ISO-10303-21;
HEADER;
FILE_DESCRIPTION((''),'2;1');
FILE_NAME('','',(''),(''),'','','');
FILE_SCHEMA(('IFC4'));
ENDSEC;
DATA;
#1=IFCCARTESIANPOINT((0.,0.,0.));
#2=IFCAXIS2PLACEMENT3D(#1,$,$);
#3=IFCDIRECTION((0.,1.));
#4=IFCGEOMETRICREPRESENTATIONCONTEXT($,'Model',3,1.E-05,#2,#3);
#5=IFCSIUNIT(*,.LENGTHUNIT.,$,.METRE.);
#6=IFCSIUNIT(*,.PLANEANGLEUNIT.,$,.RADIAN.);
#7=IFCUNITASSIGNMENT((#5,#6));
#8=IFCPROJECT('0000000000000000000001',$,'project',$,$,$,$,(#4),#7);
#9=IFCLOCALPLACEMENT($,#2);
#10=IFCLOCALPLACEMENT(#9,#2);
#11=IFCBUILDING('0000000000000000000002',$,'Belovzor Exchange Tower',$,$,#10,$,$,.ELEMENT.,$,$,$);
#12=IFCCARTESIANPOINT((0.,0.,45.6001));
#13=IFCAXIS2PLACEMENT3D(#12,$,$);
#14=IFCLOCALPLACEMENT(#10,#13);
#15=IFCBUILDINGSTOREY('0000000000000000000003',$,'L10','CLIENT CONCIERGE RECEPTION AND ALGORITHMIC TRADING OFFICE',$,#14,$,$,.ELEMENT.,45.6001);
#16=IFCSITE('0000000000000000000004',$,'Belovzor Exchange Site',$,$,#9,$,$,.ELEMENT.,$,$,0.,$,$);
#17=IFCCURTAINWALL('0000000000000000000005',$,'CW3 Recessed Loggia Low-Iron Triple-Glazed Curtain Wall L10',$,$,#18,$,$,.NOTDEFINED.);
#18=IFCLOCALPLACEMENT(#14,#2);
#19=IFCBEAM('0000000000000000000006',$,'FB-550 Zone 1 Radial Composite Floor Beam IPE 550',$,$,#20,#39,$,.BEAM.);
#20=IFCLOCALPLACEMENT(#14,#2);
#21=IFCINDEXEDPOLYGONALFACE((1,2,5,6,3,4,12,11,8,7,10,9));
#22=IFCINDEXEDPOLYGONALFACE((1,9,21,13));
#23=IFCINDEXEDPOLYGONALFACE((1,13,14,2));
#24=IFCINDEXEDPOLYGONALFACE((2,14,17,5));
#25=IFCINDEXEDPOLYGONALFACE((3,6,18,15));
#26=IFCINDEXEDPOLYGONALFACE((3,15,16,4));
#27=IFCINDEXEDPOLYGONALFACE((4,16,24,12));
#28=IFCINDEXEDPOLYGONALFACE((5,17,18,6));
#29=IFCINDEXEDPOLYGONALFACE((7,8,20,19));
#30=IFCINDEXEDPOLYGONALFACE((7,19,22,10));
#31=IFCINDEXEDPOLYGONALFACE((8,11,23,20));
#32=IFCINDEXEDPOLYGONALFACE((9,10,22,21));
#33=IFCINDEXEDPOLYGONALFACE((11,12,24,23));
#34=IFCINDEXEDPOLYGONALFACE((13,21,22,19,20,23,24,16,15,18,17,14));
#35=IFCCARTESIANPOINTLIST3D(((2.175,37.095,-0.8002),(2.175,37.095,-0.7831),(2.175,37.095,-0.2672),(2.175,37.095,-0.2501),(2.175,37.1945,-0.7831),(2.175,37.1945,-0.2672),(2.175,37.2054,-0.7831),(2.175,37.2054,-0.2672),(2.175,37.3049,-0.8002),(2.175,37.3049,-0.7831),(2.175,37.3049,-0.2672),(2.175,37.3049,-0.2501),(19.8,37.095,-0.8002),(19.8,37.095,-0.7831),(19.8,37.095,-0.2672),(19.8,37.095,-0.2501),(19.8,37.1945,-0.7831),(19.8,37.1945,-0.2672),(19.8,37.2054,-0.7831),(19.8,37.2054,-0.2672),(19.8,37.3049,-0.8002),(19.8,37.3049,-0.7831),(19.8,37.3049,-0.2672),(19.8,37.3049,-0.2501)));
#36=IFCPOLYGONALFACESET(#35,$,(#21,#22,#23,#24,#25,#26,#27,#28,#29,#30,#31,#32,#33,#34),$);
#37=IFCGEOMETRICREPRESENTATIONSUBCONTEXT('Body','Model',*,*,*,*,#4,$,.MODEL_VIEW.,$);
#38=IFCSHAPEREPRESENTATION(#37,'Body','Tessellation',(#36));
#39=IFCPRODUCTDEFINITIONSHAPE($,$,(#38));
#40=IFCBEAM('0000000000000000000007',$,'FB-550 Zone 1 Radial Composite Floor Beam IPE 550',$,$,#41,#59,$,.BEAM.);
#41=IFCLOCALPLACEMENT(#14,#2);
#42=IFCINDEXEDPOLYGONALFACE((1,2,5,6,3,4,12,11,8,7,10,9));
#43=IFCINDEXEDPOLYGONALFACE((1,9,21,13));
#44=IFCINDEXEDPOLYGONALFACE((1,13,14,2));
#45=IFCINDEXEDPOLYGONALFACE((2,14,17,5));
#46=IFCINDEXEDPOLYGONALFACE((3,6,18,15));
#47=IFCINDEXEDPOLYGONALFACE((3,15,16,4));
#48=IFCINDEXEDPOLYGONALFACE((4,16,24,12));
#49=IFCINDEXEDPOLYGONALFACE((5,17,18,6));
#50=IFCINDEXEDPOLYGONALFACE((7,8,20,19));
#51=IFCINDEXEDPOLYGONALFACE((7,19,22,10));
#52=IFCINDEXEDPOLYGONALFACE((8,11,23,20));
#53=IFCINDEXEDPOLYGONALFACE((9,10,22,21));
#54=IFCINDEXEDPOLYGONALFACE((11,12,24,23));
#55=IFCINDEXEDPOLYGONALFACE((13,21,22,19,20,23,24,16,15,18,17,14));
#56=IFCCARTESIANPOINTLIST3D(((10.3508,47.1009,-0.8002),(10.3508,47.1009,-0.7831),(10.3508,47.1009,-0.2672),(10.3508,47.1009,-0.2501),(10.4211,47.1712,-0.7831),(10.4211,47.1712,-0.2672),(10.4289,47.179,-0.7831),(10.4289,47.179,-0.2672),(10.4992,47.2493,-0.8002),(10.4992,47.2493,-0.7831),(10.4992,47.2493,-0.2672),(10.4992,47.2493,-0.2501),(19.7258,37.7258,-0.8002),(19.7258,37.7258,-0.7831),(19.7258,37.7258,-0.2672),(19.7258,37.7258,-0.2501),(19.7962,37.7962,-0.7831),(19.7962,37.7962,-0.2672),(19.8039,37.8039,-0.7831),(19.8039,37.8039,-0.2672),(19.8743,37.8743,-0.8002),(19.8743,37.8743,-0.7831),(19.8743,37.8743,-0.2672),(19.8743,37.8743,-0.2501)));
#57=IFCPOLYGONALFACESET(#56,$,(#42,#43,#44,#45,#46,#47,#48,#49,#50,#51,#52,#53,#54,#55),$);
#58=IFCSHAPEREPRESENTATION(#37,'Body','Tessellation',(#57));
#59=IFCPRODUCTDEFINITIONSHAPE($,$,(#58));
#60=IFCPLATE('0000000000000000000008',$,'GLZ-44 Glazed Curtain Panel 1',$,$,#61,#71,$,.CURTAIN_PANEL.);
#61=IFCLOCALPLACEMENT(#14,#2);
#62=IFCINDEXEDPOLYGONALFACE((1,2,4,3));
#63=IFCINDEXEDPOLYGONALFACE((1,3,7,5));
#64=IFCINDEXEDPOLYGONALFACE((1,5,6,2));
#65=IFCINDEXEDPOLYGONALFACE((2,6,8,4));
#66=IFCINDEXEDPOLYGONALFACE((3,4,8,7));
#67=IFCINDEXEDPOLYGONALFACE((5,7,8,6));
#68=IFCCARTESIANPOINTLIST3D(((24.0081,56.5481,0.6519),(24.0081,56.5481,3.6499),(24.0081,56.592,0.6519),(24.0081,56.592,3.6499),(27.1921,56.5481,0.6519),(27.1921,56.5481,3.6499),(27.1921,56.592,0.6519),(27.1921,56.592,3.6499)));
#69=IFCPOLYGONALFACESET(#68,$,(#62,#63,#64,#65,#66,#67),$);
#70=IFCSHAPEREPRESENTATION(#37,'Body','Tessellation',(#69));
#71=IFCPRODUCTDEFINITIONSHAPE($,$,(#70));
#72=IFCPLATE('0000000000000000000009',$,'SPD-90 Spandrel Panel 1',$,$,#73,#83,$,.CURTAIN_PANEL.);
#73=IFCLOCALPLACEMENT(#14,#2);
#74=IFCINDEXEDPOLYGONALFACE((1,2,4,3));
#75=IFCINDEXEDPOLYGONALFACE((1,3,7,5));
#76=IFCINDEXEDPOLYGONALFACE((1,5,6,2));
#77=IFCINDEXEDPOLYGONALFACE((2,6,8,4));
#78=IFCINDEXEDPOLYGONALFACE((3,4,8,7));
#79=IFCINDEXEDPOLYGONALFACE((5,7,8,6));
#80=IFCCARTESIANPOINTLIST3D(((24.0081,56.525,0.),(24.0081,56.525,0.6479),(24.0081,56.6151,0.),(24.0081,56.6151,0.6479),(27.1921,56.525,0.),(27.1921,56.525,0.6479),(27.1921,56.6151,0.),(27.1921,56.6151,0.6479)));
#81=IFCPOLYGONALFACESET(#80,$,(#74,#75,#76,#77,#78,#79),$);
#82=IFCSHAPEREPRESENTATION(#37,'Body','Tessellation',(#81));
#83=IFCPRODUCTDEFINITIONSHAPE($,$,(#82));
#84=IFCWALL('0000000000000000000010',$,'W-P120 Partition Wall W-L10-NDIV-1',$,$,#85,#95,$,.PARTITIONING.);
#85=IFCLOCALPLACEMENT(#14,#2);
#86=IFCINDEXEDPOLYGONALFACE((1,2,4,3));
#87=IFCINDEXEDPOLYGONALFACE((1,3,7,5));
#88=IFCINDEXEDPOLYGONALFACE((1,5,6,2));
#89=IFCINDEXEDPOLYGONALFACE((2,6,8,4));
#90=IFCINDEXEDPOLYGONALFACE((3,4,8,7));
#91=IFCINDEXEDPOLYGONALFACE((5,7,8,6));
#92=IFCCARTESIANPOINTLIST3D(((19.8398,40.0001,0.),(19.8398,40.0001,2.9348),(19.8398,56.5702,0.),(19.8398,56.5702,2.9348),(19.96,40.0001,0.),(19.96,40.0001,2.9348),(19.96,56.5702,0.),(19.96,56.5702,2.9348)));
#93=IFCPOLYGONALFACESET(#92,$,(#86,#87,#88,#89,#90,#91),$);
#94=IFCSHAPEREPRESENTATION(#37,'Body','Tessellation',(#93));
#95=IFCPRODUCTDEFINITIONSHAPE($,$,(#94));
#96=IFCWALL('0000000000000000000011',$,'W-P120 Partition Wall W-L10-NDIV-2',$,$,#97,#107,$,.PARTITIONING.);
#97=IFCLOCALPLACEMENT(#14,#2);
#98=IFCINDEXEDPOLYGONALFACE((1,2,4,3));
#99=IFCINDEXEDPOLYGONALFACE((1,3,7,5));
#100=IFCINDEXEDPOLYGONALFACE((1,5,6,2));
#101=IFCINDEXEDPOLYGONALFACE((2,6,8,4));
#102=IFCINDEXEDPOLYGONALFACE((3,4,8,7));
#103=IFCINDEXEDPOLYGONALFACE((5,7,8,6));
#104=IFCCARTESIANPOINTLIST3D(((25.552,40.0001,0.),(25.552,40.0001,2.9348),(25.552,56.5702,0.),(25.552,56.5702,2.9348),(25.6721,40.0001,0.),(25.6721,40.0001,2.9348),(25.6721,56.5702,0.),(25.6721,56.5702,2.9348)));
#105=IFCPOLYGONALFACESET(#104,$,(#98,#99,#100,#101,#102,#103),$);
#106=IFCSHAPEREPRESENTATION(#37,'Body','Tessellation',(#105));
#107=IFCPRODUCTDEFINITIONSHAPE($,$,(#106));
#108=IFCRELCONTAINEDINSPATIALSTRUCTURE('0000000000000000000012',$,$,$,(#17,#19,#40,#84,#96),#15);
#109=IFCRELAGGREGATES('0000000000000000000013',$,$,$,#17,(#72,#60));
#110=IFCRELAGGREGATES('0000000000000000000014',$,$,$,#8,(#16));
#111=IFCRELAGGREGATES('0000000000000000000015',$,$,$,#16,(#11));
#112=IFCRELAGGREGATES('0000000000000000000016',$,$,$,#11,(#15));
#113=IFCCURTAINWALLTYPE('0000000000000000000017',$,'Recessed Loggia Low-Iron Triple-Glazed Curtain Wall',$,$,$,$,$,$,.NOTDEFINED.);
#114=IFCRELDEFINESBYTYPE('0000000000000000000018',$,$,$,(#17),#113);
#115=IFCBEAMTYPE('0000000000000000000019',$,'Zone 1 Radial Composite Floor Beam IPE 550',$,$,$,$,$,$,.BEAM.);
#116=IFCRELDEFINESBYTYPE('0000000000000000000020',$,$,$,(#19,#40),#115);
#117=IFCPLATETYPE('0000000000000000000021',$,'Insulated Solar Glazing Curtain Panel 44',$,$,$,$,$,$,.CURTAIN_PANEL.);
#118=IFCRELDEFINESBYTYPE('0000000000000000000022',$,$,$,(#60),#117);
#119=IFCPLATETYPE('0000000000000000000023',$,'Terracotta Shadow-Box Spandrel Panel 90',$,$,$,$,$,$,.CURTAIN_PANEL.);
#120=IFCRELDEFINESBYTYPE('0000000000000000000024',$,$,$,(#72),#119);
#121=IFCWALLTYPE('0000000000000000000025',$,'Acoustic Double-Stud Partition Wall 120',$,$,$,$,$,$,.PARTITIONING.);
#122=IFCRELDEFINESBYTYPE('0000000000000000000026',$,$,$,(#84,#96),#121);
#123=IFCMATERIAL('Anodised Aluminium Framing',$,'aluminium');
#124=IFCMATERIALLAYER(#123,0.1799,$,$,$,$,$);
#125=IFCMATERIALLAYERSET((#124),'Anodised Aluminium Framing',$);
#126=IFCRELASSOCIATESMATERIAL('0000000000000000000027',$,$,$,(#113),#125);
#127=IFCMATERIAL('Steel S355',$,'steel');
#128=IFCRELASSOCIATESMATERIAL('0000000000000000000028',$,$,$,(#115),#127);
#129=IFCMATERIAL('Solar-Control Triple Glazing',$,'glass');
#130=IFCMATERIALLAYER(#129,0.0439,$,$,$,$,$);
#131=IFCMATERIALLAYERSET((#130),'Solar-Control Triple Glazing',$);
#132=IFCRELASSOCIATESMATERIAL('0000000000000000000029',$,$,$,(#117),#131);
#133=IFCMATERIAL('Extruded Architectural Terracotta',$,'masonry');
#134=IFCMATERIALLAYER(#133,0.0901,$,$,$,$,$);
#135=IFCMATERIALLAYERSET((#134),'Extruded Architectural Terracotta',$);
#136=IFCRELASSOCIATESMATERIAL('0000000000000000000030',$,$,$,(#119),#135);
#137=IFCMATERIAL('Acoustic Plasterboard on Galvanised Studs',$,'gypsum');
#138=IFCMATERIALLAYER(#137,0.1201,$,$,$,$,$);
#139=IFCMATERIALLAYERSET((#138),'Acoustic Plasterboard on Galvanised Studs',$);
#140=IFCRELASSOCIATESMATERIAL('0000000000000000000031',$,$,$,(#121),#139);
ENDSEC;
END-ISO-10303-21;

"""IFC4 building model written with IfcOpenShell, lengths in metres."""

from ifc_helpers import new_model, si_unit, direction, frame, frame_2d, origin, origin_2d, place, context, subcontext, project, spatial, rectangle, i_section, extrude, material, layer, layer_set, material_profile, profile_set, type_object, element, aggregate, save


model = new_model("IFC4")

# Units and contexts
model_context = context("Model", 3, precision=1e-05, world=origin(), true_north=direction((0.0, 1.0)))
body_context = subcontext(model_context, "Body", "Model", "MODEL_VIEW")
ifc_project = project(units=[si_unit("LENGTHUNIT", "METRE"), si_unit("PLANEANGLEUNIT", "RADIAN")], contexts=[model_context])

# Site, building, storey
site_placement = place(None, origin())
site = spatial("IfcSite", under=ifc_project, at=site_placement, Name="Belovzor Exchange Site", CompositionType="ELEMENT", RefElevation=0.0)
building_placement = place(site_placement, origin())
building = spatial("IfcBuilding", under=site, at=building_placement, Name="Belovzor Exchange Tower", CompositionType="ELEMENT")
storey_placement = place(building_placement, frame((0.0, 0.0, 45.6001)))
storey = spatial("IfcBuildingStorey", under=building, at=storey_placement, Name="L10", Description="CLIENT CONCIERGE RECEPTION AND ALGORITHMIC TRADING OFFICE", CompositionType="ELEMENT", Elevation=45.6001)

# Curtain wall
ifc_material_1 = material(Name="Anodised Aluminium Framing", Category="aluminium")
ifc_layer_1 = layer(ifc_material_1, 0.1799)
ifc_layer_set_1 = layer_set([ifc_layer_1], Name="Anodised Aluminium Framing")
curtain_wall_type = type_object("IfcCurtainWallType", Name="Recessed Loggia Low-Iron Triple-Glazed Curtain Wall", PredefinedType="NOTDEFINED", material=ifc_layer_set_1)
curtain_wall_placement = place(storey_placement, origin())
curtain_wall = element("IfcCurtainWall", 1, at=curtain_wall_placement, inside=storey, type_object=curtain_wall_type, Name="CW3 Recessed Loggia Low-Iron Triple-Glazed Curtain Wall L10", PredefinedType="NOTDEFINED")

# Beams
ifc_material_2 = material(Name="Steel S355", Category="steel")
ifc_material_profile_1 = material_profile(ifc_material_2, i_section(OverallWidth=0.21, OverallDepth=0.55, WebThickness=0.011, FlangeThickness=0.0171, at=origin_2d()))
ifc_profile_set_1 = profile_set([ifc_material_profile_1], Name="Steel S355")
beam_type_1 = type_object("IfcBeamType", Name="Zone 1 Radial Composite Floor Beam IPE 550", PredefinedType="BEAM", material=ifc_profile_set_1)
for number, where, z_axis, x_axis, name in (
    (2, (19.8, 37.2, -0.5251), (-1.0, 0.0, 0.0), (0.0, -1.0, 0.0), "FB-550 Zone 1 Radial Composite Floor Beam IPE 550"),
):
    element("IfcBeam", number, at=place(storey_placement, frame(where, z_axis=z_axis, x_axis=x_axis)), inside=storey, type_object=beam_type_1, Name=name, PredefinedType="BEAM", context=body_context, shape_type="SweptSolid", body=[
        extrude(i_section(OverallWidth=0.21, OverallDepth=0.55, WebThickness=0.011, FlangeThickness=0.0171, at=origin_2d()), origin(), (0.0, 0.0, 1.0), 17.625),
    ])
beam_1_placement = place(storey_placement, frame((19.8, 37.8, -0.5251), z_axis=(-0.707107, 0.707107, 0.0), x_axis=(-0.707107, -0.707107, 0.0)))
element("IfcBeam", 3, at=beam_1_placement, inside=storey, type_object=beam_type_1, Name="FB-550 Zone 1 Radial Composite Floor Beam IPE 550", PredefinedType="BEAM", context=body_context, shape_type="SweptSolid", body=[
    extrude(i_section(OverallWidth=0.21, OverallDepth=0.55, WebThickness=0.011, FlangeThickness=0.0171, at=origin_2d()), origin(), (0.0, 0.0, 1.0), 13.2583),
])

# Plates
ifc_material_3 = material(Name="Solar-Control Triple Glazing", Category="glass")
ifc_layer_2 = layer(ifc_material_3, 0.0439)
ifc_layer_set_2 = layer_set([ifc_layer_2], Name="Solar-Control Triple Glazing")
plate_type_1 = type_object("IfcPlateType", Name="Insulated Solar Glazing Curtain Panel 44", PredefinedType="CURTAIN_PANEL", material=ifc_layer_set_2)
plate_1_placement = place(storey_placement, frame((25.6001, 56.5701, 0.6519), z_axis=(0.0, 0.0, 1.0), x_axis=(1.0, 0.0, 0.0)))
plate_1 = element("IfcPlate", 4, at=plate_1_placement, type_object=plate_type_1, Name="GLZ-44 Glazed Curtain Panel 1", PredefinedType="CURTAIN_PANEL", context=body_context, shape_type="SweptSolid", body=[
    extrude(rectangle(XDim=3.1841, YDim=0.0439, at=origin_2d()), origin(), (0.0, 0.0, 1.0), 2.998),
])
ifc_material_4 = material(Name="Extruded Architectural Terracotta", Category="masonry")
ifc_layer_3 = layer(ifc_material_4, 0.0901)
ifc_layer_set_3 = layer_set([ifc_layer_3], Name="Extruded Architectural Terracotta")
plate_type_2 = type_object("IfcPlateType", Name="Terracotta Shadow-Box Spandrel Panel 90", PredefinedType="CURTAIN_PANEL", material=ifc_layer_set_3)
plate_2_placement = place(storey_placement, frame((25.6001, 56.5701, 0.0), z_axis=(0.0, 0.0, 1.0), x_axis=(1.0, 0.0, 0.0)))
plate_2 = element("IfcPlate", 5, at=plate_2_placement, type_object=plate_type_2, Name="SPD-90 Spandrel Panel 1", PredefinedType="CURTAIN_PANEL", context=body_context, shape_type="SweptSolid", body=[
    extrude(rectangle(XDim=3.1841, YDim=0.0901, at=origin_2d()), origin(), (0.0, 0.0, 1.0), 0.6479),
])
aggregate(curtain_wall, [plate_2, plate_1])

# Walls
ifc_material_5 = material(Name="Acoustic Plasterboard on Galvanised Studs", Category="gypsum")
ifc_layer_4 = layer(ifc_material_5, 0.1201)
ifc_layer_set_4 = layer_set([ifc_layer_4], Name="Acoustic Plasterboard on Galvanised Studs")
wall_type_1 = type_object("IfcWallType", Name="Acoustic Double-Stud Partition Wall 120", PredefinedType="PARTITIONING", material=ifc_layer_set_4)
for number, where, z_axis, x_axis, name in (
    (6, (19.8999, 40.0, 0.0), (0.0, 0.0, 1.0), (0.0, 1.0, 0.0), "W-P120 Partition Wall W-L10-NDIV-1"),
    (7, (25.6121, 40.0, 0.0), (0.0, 0.0, 1.0), (0.0, 1.0, 0.0), "W-P120 Partition Wall W-L10-NDIV-2"),
):
    element("IfcWall", number, at=place(storey_placement, frame(where, z_axis=z_axis, x_axis=x_axis)), inside=storey, type_object=wall_type_1, Name=name, PredefinedType="PARTITIONING", context=body_context, shape_type="SweptSolid", body=[
        extrude(rectangle(XDim=16.5701, YDim=0.1201, at=frame_2d((8.2852, 0.0))), origin(), (0.0, 0.0, 1.0), 2.9348),
    ])

save(model, "model.ifc")
